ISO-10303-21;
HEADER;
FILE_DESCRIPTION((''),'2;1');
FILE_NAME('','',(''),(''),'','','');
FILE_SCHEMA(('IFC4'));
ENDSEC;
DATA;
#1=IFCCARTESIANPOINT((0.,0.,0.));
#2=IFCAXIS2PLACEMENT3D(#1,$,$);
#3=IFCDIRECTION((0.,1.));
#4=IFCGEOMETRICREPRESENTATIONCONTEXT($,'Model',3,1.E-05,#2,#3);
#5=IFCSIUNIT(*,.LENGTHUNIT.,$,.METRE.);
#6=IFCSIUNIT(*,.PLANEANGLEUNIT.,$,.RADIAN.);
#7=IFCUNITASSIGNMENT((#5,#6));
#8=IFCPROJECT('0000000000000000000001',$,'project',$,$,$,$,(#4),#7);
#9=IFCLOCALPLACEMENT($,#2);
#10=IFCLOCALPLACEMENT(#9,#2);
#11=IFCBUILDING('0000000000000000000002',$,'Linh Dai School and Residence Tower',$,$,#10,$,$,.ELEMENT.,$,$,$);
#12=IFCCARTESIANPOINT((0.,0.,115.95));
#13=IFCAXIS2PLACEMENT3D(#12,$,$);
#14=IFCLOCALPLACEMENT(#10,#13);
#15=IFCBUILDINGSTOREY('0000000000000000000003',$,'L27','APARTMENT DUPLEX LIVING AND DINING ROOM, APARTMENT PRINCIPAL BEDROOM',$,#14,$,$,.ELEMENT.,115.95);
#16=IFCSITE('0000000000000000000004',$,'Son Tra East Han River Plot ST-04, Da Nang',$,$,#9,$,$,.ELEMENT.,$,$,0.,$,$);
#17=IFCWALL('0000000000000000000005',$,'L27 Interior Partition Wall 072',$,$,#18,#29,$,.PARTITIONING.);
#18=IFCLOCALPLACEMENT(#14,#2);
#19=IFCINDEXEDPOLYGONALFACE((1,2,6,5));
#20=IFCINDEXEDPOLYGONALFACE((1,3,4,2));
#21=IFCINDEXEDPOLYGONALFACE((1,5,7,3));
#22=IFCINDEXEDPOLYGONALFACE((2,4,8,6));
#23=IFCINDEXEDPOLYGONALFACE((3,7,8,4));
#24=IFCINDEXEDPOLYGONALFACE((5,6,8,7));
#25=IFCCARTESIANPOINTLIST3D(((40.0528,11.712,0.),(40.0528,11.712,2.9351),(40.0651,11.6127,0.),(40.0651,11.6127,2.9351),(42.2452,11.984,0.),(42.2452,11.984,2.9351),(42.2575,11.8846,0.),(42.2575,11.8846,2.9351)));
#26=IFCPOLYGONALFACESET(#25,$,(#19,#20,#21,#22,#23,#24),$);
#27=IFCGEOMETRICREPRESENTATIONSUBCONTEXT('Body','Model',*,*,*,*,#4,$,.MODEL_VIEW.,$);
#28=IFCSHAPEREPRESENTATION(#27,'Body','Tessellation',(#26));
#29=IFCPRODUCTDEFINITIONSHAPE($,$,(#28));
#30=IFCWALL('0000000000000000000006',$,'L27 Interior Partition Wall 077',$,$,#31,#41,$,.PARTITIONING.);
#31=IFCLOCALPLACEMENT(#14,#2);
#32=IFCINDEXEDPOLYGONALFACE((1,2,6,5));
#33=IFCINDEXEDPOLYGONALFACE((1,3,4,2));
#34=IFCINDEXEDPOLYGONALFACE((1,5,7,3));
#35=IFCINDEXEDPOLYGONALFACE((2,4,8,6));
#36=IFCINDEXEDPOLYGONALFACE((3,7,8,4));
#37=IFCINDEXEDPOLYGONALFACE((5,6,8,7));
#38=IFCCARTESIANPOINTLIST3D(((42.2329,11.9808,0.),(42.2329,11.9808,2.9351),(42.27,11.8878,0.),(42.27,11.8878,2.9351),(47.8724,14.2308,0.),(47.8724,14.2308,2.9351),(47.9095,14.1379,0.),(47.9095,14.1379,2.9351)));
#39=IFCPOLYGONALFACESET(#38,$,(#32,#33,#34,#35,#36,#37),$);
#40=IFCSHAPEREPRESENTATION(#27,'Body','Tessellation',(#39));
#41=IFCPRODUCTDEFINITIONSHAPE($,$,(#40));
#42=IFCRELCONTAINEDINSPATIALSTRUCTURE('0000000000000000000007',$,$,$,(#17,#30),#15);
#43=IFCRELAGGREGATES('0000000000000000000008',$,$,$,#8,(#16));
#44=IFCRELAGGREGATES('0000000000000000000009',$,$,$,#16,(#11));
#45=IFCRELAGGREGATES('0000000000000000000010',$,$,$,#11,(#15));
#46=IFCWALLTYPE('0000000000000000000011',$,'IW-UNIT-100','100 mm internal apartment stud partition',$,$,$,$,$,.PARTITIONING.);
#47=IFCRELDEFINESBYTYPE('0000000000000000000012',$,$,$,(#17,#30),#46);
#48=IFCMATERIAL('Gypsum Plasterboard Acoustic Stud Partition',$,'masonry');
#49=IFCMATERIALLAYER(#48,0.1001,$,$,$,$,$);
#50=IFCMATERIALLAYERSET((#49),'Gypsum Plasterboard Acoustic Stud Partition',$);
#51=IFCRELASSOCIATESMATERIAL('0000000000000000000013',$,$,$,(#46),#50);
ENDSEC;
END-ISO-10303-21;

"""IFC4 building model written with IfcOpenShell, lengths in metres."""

from ifc_helpers import new_model, si_unit, direction, frame, frame_2d, origin, place, context, subcontext, project, spatial, rectangle, extrude, material, layer, layer_set, type_object, element, save


model = new_model("IFC4")

# Units and contexts
model_context = context("Model", 3, precision=1e-05, world=origin(), true_north=direction((0.0, 1.0)))
body_context = subcontext(model_context, "Body", "Model", "MODEL_VIEW")
ifc_project = project(units=[si_unit("LENGTHUNIT", "METRE"), si_unit("PLANEANGLEUNIT", "RADIAN")], contexts=[model_context])

# Site, building, storey
site_placement = place(None, origin())
site = spatial("IfcSite", under=ifc_project, at=site_placement, Name="Son Tra East Han River Plot ST-04, Da Nang", CompositionType="ELEMENT", RefElevation=0.0)
building_placement = place(site_placement, origin())
building = spatial("IfcBuilding", under=site, at=building_placement, Name="Linh Dai School and Residence Tower", CompositionType="ELEMENT")
storey_placement = place(building_placement, frame((0.0, 0.0, 115.95)))
storey = spatial("IfcBuildingStorey", under=building, at=storey_placement, Name="L27", Description="APARTMENT DUPLEX LIVING AND DINING ROOM, APARTMENT PRINCIPAL BEDROOM", CompositionType="ELEMENT", Elevation=115.95)

# Shared definitions
ifc_material_1 = material(Name="Gypsum Plasterboard Acoustic Stud Partition", Category="masonry")
ifc_layer_1 = layer(ifc_material_1, 0.1001)
ifc_layer_set_1 = layer_set([ifc_layer_1], Name="Gypsum Plasterboard Acoustic Stud Partition")
wall_type_1 = type_object("IfcWallType", Name="IW-UNIT-100", Description="100 mm internal apartment stud partition", PredefinedType="PARTITIONING", material=ifc_layer_set_1)

# Walls
wall_1_placement = place(storey_placement, frame((40.0591, 11.6624, 0.0), z_axis=(0.0, 0.0, 1.0), x_axis=(0.992393, 0.12311, 0.0)))
element("IfcWall", 1, at=wall_1_placement, inside=storey, type_object=wall_type_1, Name="L27 Interior Partition Wall 072", PredefinedType="PARTITIONING", context=body_context, shape_type="SweptSolid", body=[
    extrude(rectangle(XDim=2.2092, YDim=0.1001, at=frame_2d((1.1045, 0.0))), origin(), (0.0, 0.0, 1.0), 2.9351),
])
wall_2_placement = place(storey_placement, frame((42.2515, 11.9343, 0.0), z_axis=(0.0, 0.0, 1.0), x_axis=(0.928804, 0.370572, 0.0)))
element("IfcWall", 2, at=wall_2_placement, inside=storey, type_object=wall_type_1, Name="L27 Interior Partition Wall 077", PredefinedType="PARTITIONING", context=body_context, shape_type="SweptSolid", body=[
    extrude(rectangle(XDim=6.0718, YDim=0.1001, at=frame_2d((3.0359, 0.0))), origin(), (0.0, 0.0, 1.0), 2.9351),
])

save(model, "model.ifc")
